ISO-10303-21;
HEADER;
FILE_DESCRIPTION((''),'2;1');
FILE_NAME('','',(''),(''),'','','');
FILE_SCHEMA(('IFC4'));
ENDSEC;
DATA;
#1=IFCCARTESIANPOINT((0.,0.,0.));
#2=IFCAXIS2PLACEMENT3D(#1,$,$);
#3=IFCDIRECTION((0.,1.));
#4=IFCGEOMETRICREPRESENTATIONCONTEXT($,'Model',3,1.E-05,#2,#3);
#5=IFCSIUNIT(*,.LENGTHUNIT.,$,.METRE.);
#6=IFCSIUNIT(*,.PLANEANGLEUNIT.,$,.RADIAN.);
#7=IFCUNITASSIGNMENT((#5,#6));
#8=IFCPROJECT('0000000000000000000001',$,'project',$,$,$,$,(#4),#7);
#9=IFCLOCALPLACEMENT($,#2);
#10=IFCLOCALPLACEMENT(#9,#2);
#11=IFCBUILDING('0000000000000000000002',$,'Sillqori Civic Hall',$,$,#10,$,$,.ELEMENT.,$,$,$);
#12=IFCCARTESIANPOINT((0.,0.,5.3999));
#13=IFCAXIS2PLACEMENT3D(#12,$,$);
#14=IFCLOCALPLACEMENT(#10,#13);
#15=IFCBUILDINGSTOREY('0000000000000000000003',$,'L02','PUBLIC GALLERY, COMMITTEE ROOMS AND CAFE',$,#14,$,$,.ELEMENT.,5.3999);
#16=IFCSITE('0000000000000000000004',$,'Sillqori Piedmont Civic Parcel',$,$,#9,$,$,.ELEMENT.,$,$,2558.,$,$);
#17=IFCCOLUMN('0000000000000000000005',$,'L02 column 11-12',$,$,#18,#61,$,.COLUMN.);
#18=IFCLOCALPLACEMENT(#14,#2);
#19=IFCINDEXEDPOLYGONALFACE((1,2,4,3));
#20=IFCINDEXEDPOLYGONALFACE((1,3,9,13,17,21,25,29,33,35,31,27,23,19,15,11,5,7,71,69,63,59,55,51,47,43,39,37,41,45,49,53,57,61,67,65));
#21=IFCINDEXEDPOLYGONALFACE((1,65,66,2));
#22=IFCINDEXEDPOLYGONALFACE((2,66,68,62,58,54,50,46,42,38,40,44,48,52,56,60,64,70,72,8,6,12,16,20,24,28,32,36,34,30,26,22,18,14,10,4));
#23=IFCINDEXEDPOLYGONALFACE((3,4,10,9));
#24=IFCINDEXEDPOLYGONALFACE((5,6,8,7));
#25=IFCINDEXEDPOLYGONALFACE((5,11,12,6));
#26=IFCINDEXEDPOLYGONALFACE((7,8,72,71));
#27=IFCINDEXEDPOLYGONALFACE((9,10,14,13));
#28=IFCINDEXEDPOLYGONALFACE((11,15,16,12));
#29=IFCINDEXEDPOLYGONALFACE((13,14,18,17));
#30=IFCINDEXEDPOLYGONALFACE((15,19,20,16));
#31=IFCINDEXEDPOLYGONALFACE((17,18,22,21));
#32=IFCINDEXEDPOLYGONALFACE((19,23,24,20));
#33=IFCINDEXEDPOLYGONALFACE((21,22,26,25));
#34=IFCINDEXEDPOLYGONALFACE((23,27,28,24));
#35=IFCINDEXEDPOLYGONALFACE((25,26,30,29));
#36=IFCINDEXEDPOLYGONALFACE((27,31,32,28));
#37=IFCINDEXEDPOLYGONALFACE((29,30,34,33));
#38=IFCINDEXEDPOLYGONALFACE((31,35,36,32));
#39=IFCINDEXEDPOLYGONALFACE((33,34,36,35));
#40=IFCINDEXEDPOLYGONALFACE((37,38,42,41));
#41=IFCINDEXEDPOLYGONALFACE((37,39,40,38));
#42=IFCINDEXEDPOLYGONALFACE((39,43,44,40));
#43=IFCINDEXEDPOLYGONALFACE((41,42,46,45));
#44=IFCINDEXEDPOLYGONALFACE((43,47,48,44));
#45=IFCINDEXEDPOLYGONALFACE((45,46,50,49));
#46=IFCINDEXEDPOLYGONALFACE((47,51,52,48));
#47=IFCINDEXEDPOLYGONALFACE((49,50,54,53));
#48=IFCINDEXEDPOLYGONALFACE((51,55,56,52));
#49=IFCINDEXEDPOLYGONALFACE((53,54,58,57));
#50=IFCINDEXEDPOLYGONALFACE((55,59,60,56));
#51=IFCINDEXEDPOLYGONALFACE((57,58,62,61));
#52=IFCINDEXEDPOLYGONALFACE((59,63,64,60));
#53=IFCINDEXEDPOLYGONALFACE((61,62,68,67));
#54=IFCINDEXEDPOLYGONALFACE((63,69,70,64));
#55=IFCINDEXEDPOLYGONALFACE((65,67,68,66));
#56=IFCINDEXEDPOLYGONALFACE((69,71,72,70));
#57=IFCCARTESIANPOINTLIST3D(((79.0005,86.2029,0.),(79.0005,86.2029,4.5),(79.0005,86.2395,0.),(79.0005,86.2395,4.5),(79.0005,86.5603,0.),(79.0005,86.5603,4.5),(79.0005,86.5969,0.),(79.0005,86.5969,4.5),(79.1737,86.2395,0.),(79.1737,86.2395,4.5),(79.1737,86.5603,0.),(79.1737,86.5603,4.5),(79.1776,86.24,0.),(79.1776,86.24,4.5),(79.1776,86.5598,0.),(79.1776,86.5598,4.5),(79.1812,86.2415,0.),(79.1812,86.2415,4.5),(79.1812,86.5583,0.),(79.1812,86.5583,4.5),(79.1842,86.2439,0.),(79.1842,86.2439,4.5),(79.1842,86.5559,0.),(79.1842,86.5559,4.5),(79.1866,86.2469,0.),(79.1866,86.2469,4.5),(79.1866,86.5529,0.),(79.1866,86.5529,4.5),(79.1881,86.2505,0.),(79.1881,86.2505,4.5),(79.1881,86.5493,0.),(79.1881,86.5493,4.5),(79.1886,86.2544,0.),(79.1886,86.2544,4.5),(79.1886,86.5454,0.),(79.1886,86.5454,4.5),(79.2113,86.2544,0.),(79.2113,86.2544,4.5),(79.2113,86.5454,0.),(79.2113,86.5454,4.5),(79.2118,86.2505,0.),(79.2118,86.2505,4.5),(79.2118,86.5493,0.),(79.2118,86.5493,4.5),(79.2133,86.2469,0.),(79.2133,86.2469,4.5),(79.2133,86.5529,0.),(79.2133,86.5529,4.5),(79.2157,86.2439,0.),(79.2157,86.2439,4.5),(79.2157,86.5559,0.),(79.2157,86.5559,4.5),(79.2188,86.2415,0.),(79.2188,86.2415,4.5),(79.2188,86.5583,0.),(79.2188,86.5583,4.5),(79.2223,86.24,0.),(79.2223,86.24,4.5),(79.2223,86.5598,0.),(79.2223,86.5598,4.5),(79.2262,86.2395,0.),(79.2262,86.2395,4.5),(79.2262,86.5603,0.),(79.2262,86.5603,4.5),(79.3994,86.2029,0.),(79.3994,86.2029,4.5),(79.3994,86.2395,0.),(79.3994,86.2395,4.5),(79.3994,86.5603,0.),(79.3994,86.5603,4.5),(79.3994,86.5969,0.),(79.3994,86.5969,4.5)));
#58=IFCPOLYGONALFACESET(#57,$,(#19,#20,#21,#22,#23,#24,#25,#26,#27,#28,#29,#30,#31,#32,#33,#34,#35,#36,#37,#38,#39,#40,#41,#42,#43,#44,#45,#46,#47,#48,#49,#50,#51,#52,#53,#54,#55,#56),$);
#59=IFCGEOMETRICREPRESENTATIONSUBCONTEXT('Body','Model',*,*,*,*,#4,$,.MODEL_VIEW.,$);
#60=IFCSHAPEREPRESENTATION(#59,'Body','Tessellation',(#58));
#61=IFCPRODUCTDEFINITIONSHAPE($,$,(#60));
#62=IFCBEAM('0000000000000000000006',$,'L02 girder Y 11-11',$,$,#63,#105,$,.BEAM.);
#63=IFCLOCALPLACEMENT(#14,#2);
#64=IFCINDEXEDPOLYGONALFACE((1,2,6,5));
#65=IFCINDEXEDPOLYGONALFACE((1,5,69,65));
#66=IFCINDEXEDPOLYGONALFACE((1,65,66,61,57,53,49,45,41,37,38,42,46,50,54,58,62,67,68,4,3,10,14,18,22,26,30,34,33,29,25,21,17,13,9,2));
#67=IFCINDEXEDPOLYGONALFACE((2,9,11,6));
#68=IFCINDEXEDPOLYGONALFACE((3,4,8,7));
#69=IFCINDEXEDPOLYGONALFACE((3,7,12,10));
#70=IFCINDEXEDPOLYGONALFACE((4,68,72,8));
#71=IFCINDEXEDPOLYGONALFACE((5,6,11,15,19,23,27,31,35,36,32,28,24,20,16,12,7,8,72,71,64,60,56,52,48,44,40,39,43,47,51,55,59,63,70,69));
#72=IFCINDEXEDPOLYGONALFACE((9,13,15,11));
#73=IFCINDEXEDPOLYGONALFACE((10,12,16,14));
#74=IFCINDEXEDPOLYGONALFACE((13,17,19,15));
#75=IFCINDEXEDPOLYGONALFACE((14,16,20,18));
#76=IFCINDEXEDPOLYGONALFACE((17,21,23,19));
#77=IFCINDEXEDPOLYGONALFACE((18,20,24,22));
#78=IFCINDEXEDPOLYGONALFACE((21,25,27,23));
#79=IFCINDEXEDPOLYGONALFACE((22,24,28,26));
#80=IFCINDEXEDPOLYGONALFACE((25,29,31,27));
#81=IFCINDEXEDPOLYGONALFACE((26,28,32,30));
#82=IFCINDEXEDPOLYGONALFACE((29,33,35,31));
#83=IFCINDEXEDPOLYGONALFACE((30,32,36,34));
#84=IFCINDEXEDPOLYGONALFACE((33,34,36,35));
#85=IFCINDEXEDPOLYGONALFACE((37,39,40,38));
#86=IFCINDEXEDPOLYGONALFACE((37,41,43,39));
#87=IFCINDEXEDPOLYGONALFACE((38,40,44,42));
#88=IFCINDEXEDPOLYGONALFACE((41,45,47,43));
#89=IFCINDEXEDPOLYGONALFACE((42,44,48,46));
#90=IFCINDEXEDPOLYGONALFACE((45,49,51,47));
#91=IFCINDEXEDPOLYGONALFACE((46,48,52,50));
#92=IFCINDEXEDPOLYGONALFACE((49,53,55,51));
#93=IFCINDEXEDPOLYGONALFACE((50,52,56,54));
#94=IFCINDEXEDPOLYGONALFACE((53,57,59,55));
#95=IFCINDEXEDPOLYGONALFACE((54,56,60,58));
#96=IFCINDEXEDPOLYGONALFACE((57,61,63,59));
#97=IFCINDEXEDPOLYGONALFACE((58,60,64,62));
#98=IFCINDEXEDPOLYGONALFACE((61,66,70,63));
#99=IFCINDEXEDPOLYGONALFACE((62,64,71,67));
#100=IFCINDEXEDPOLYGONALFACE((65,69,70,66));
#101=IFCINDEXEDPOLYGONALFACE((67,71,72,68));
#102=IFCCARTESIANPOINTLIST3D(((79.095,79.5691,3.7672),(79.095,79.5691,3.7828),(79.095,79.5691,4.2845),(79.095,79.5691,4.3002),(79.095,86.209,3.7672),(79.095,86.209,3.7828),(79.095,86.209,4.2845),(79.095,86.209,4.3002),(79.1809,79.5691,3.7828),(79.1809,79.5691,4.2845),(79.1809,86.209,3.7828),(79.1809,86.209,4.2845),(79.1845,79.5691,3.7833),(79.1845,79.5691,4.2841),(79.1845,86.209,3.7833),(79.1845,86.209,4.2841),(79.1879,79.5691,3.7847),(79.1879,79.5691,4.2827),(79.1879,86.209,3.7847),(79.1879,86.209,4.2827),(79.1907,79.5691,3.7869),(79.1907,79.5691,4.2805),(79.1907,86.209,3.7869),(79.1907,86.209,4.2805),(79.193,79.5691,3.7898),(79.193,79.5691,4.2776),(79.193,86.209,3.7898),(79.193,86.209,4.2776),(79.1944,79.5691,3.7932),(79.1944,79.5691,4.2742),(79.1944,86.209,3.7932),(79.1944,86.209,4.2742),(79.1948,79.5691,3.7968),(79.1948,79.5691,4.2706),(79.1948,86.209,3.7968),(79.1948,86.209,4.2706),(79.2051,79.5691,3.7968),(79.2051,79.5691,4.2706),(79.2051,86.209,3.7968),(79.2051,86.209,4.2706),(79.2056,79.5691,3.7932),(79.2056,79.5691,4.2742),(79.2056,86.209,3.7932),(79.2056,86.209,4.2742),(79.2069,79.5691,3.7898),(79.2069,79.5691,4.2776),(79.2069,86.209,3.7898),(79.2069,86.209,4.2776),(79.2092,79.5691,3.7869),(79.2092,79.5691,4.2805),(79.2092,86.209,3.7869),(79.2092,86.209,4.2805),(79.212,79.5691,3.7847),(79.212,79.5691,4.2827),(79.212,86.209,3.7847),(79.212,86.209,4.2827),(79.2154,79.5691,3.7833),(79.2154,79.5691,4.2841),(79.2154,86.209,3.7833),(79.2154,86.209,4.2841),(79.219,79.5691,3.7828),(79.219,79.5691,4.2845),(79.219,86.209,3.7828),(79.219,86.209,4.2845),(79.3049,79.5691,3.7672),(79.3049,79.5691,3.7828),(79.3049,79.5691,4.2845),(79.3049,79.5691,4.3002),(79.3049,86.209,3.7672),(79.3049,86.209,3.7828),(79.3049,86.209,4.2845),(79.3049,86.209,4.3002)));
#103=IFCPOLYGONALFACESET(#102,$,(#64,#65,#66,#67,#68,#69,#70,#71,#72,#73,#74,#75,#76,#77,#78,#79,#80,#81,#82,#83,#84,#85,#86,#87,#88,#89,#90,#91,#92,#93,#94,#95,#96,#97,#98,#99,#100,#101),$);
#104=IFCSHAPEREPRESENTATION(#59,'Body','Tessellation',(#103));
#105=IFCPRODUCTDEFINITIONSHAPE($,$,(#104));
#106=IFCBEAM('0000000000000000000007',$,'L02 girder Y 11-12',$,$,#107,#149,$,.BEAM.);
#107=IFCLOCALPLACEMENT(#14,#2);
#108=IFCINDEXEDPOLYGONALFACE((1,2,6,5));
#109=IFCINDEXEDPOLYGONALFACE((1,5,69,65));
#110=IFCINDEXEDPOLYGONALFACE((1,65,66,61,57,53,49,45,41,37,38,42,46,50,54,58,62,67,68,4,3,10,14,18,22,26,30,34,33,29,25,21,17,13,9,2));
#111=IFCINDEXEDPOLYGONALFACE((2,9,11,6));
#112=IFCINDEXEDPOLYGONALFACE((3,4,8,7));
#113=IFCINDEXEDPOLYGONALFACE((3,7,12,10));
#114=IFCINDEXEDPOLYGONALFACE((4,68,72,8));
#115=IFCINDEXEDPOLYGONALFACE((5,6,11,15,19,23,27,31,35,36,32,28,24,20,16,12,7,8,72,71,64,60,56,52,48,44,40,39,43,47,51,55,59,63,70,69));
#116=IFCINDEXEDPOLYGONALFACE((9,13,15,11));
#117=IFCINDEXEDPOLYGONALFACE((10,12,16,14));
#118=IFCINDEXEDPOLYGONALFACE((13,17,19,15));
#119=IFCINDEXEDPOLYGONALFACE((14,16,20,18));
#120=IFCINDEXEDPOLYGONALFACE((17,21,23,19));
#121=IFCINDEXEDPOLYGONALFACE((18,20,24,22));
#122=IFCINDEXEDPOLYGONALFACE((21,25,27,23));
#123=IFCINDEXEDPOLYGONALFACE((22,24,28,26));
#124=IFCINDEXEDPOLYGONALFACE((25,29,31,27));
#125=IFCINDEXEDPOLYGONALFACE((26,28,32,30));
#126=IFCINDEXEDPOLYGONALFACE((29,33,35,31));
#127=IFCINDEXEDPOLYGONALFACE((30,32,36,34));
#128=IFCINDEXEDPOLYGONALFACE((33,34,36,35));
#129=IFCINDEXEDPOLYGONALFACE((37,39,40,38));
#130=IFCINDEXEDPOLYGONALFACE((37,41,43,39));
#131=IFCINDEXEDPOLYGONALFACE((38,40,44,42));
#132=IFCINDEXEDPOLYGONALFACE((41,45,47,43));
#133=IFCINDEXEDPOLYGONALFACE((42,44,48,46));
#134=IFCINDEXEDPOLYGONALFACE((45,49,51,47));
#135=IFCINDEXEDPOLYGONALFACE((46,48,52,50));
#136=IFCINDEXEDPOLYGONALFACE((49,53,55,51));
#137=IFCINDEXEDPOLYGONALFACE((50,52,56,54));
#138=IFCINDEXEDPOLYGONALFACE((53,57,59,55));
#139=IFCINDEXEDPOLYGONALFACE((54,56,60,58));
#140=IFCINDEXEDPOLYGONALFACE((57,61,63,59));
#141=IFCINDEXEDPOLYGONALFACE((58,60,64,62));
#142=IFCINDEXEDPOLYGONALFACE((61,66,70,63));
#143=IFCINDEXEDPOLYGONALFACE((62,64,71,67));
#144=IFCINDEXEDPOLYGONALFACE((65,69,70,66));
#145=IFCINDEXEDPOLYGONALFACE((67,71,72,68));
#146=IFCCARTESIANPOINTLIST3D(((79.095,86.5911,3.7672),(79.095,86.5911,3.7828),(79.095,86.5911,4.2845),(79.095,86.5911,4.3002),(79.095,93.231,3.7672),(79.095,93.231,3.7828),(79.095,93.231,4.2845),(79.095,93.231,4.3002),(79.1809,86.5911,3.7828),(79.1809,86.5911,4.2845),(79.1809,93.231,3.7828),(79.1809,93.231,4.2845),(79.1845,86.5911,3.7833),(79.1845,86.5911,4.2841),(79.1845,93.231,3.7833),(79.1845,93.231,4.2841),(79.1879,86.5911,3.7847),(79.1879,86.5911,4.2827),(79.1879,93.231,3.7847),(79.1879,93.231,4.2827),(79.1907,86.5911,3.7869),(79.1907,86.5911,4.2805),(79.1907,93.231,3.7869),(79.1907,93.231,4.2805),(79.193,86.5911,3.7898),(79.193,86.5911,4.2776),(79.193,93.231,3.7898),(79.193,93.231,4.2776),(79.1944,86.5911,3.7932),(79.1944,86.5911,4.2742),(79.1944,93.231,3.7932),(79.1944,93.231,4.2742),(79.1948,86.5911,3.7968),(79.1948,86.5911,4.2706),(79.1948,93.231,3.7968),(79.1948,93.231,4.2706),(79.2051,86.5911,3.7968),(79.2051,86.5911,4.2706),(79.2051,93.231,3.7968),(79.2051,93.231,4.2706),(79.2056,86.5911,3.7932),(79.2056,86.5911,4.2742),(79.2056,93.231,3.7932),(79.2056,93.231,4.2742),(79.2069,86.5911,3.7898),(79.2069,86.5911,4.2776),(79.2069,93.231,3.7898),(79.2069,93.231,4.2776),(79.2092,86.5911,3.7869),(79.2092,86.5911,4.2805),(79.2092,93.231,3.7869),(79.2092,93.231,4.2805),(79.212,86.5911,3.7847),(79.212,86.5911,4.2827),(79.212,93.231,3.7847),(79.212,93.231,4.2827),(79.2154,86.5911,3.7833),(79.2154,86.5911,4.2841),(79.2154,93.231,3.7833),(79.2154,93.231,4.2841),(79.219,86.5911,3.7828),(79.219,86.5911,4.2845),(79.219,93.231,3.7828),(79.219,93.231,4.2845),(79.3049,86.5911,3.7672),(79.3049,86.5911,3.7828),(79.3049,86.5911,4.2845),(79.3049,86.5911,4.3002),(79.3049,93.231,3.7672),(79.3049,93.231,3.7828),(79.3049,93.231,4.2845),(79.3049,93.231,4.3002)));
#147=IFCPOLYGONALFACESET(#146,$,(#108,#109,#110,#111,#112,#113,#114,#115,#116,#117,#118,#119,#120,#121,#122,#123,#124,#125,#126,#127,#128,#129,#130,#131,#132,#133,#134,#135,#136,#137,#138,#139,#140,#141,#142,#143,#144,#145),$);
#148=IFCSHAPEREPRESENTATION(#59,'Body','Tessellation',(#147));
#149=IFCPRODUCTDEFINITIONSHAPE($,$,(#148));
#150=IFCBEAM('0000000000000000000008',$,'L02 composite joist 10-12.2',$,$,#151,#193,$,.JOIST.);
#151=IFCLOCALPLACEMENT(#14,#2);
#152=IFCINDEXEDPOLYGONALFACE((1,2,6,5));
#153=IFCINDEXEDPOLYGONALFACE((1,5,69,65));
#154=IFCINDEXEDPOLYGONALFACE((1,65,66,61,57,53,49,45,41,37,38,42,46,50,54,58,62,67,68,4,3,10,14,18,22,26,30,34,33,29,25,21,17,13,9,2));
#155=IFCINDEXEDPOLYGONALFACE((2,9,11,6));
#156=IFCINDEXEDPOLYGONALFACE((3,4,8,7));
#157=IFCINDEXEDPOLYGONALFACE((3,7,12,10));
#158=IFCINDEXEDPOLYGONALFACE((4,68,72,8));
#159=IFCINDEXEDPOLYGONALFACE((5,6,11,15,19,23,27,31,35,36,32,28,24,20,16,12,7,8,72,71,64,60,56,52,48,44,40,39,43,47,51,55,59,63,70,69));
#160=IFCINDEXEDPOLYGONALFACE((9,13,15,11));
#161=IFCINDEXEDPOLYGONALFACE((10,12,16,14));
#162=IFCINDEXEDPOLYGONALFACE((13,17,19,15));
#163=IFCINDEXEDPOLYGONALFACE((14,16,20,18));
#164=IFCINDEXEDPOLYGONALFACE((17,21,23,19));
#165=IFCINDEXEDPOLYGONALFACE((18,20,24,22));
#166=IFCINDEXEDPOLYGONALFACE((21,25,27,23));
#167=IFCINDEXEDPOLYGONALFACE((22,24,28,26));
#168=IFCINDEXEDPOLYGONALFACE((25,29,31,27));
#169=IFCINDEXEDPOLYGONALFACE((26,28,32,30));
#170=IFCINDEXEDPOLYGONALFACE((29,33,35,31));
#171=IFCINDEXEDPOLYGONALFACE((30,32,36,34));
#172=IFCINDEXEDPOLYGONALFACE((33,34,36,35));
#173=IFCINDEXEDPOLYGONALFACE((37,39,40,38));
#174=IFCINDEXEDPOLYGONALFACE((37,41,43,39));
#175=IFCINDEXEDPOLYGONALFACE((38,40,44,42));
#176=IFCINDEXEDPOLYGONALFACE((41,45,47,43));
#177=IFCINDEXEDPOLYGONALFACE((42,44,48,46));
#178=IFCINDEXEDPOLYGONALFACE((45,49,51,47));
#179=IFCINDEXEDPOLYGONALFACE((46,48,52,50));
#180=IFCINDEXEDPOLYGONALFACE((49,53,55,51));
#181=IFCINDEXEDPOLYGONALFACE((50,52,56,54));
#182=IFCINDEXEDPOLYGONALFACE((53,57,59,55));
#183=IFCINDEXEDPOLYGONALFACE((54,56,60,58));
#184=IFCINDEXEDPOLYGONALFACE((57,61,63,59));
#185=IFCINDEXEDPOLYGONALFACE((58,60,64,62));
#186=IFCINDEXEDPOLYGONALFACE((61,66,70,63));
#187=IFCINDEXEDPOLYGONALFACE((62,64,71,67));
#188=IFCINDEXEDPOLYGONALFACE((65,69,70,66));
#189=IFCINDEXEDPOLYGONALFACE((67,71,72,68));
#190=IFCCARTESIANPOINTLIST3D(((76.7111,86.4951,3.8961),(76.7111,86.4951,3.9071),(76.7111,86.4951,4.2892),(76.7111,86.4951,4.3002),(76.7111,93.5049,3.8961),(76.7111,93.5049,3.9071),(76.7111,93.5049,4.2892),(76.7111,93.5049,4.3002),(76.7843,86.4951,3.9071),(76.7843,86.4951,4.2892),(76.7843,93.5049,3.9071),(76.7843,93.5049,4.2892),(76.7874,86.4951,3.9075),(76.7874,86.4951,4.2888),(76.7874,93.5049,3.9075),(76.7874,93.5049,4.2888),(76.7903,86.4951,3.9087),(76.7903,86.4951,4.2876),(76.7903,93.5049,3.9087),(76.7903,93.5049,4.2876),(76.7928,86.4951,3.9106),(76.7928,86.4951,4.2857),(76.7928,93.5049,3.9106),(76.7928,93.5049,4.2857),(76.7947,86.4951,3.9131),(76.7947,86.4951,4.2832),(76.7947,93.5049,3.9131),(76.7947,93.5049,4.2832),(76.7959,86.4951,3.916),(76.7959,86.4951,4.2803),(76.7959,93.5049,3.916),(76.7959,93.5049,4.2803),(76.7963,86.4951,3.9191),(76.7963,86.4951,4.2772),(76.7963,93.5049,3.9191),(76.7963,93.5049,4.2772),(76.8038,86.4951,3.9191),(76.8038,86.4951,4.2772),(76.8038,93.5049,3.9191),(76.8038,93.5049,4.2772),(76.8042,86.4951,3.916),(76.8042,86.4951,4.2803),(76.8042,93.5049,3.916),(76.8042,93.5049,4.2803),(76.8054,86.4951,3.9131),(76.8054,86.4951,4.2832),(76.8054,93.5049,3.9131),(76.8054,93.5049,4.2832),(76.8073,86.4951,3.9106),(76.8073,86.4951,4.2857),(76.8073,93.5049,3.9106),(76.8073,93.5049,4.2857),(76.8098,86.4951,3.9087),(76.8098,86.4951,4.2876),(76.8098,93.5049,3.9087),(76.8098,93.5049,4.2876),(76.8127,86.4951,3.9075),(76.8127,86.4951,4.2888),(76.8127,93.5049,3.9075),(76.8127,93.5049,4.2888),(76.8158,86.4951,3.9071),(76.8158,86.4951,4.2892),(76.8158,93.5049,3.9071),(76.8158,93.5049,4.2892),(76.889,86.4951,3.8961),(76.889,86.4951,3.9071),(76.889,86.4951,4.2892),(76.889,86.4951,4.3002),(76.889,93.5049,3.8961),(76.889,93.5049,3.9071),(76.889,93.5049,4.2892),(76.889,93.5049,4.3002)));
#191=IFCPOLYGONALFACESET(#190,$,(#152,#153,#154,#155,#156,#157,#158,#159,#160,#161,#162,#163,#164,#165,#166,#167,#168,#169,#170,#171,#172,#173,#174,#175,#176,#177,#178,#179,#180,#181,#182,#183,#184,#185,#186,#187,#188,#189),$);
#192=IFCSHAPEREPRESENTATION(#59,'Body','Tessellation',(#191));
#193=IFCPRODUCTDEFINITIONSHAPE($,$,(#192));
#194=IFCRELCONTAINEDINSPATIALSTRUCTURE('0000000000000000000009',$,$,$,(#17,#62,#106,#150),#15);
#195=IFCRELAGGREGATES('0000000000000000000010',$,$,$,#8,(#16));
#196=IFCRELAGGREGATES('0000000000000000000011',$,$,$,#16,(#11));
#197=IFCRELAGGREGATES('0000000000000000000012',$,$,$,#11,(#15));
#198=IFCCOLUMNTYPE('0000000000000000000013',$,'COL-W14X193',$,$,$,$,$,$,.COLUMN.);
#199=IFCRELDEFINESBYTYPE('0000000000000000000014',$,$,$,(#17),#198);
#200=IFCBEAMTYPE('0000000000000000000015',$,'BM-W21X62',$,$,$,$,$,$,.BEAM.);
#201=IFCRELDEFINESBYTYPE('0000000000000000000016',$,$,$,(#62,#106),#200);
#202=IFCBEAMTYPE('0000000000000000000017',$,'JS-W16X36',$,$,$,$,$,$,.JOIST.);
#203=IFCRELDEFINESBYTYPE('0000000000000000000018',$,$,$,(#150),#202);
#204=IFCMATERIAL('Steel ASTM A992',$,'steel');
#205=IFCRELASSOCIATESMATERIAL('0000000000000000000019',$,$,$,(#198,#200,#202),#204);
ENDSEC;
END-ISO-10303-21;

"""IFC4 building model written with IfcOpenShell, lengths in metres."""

from ifc_helpers import new_model, si_unit, direction, frame, origin, origin_2d, place, context, subcontext, project, spatial, i_section, extrude, material, material_profile, profile_set, type_object, element, save


model = new_model("IFC4")

# Units and contexts
model_context = context("Model", 3, precision=1e-05, world=origin(), true_north=direction((0.0, 1.0)))
body_context = subcontext(model_context, "Body", "Model", "MODEL_VIEW")
ifc_project = project(units=[si_unit("LENGTHUNIT", "METRE"), si_unit("PLANEANGLEUNIT", "RADIAN")], contexts=[model_context])

# Site, building, storey
site_placement = place(None, origin())
site = spatial("IfcSite", under=ifc_project, at=site_placement, Name="Sillqori Piedmont Civic Parcel", CompositionType="ELEMENT", RefElevation=2558.0)
building_placement = place(site_placement, origin())
building = spatial("IfcBuilding", under=site, at=building_placement, Name="Sillqori Civic Hall", CompositionType="ELEMENT")
storey_placement = place(building_placement, frame((0.0, 0.0, 5.3999)))
storey = spatial("IfcBuildingStorey", under=building, at=storey_placement, Name="L02", Description="PUBLIC GALLERY, COMMITTEE ROOMS AND CAFE", CompositionType="ELEMENT", Elevation=5.3999)

# Column
ifc_material_1 = material(Name="Steel ASTM A992", Category="steel")
ifc_material_profile_1 = material_profile(ifc_material_1, i_section(OverallWidth=0.3989, OverallDepth=0.394, WebThickness=0.0227, FlangeThickness=0.0366, FilletRadius=0.0149, at=origin_2d()), Name="W14X193")
ifc_profile_set_1 = profile_set([ifc_material_profile_1], Name="Steel ASTM A992")
column_type = type_object("IfcColumnType", Name="COL-W14X193", PredefinedType="COLUMN", material=ifc_profile_set_1)
column_placement = place(storey_placement, frame((79.2, 86.3999, 0.0), z_axis=(0.0, 0.0, 1.0), x_axis=(1.0, 0.0, 0.0)))
element("IfcColumn", 1, at=column_placement, inside=storey, type_object=column_type, Name="L02 column 11-12", PredefinedType="COLUMN", context=body_context, shape_type="SweptSolid", body=[
    extrude(i_section(OverallWidth=0.3989, OverallDepth=0.394, WebThickness=0.0227, FlangeThickness=0.0366, FilletRadius=0.0149, at=origin_2d()), origin(), (0.0, 0.0, 1.0), 4.5),
])

# Beams
ifc_material_profile_2 = material_profile(ifc_material_1, i_section(OverallWidth=0.21, OverallDepth=0.533, WebThickness=0.0103, FlangeThickness=0.0156, FilletRadius=0.0139, at=origin_2d()), Name="W21X62")
ifc_profile_set_2 = profile_set([ifc_material_profile_2], Name="Steel ASTM A992")
beam_type_1 = type_object("IfcBeamType", Name="BM-W21X62", PredefinedType="BEAM", material=ifc_profile_set_2)
for number, where, z_axis, x_axis, name in (
    (2, (79.2, 79.5691, 4.0337), (0.0, 1.0, 0.0), (-1.0, 0.0, 0.0), "L02 girder Y 11-11"),
    (3, (79.2, 86.5911, 4.0337), (0.0, 1.0, 0.0), (-1.0, 0.0, 0.0), "L02 girder Y 11-12"),
):
    element("IfcBeam", number, at=place(storey_placement, frame(where, z_axis=z_axis, x_axis=x_axis)), inside=storey, type_object=beam_type_1, Name=name, PredefinedType="BEAM", context=body_context, shape_type="SweptSolid", body=[
        extrude(i_section(OverallWidth=0.21, OverallDepth=0.533, WebThickness=0.0103, FlangeThickness=0.0156, FilletRadius=0.0139, at=origin_2d()), origin(), (0.0, 0.0, 1.0), 6.6399),
    ])
ifc_material_profile_3 = material_profile(ifc_material_1, i_section(OverallWidth=0.178, OverallDepth=0.4041, WebThickness=0.0076, FlangeThickness=0.011, FilletRadius=0.012, at=origin_2d()), Name="W16X36")
ifc_profile_set_3 = profile_set([ifc_material_profile_3], Name="Steel ASTM A992")
beam_type_2 = type_object("IfcBeamType", Name="JS-W16X36", PredefinedType="JOIST", material=ifc_profile_set_3)
beam_1_placement = place(storey_placement, frame((76.8, 86.4951, 4.0981), z_axis=(0.0, 1.0, 0.0), x_axis=(-1.0, 0.0, 0.0)))
element("IfcBeam", 4, at=beam_1_placement, inside=storey, type_object=beam_type_2, Name="L02 composite joist 10-12.2", PredefinedType="JOIST", context=body_context, shape_type="SweptSolid", body=[
    extrude(i_section(OverallWidth=0.178, OverallDepth=0.4041, WebThickness=0.0076, FlangeThickness=0.011, FilletRadius=0.012, at=origin_2d()), origin(), (0.0, 0.0, 1.0), 7.0098),
])

save(model, "model.ifc")
